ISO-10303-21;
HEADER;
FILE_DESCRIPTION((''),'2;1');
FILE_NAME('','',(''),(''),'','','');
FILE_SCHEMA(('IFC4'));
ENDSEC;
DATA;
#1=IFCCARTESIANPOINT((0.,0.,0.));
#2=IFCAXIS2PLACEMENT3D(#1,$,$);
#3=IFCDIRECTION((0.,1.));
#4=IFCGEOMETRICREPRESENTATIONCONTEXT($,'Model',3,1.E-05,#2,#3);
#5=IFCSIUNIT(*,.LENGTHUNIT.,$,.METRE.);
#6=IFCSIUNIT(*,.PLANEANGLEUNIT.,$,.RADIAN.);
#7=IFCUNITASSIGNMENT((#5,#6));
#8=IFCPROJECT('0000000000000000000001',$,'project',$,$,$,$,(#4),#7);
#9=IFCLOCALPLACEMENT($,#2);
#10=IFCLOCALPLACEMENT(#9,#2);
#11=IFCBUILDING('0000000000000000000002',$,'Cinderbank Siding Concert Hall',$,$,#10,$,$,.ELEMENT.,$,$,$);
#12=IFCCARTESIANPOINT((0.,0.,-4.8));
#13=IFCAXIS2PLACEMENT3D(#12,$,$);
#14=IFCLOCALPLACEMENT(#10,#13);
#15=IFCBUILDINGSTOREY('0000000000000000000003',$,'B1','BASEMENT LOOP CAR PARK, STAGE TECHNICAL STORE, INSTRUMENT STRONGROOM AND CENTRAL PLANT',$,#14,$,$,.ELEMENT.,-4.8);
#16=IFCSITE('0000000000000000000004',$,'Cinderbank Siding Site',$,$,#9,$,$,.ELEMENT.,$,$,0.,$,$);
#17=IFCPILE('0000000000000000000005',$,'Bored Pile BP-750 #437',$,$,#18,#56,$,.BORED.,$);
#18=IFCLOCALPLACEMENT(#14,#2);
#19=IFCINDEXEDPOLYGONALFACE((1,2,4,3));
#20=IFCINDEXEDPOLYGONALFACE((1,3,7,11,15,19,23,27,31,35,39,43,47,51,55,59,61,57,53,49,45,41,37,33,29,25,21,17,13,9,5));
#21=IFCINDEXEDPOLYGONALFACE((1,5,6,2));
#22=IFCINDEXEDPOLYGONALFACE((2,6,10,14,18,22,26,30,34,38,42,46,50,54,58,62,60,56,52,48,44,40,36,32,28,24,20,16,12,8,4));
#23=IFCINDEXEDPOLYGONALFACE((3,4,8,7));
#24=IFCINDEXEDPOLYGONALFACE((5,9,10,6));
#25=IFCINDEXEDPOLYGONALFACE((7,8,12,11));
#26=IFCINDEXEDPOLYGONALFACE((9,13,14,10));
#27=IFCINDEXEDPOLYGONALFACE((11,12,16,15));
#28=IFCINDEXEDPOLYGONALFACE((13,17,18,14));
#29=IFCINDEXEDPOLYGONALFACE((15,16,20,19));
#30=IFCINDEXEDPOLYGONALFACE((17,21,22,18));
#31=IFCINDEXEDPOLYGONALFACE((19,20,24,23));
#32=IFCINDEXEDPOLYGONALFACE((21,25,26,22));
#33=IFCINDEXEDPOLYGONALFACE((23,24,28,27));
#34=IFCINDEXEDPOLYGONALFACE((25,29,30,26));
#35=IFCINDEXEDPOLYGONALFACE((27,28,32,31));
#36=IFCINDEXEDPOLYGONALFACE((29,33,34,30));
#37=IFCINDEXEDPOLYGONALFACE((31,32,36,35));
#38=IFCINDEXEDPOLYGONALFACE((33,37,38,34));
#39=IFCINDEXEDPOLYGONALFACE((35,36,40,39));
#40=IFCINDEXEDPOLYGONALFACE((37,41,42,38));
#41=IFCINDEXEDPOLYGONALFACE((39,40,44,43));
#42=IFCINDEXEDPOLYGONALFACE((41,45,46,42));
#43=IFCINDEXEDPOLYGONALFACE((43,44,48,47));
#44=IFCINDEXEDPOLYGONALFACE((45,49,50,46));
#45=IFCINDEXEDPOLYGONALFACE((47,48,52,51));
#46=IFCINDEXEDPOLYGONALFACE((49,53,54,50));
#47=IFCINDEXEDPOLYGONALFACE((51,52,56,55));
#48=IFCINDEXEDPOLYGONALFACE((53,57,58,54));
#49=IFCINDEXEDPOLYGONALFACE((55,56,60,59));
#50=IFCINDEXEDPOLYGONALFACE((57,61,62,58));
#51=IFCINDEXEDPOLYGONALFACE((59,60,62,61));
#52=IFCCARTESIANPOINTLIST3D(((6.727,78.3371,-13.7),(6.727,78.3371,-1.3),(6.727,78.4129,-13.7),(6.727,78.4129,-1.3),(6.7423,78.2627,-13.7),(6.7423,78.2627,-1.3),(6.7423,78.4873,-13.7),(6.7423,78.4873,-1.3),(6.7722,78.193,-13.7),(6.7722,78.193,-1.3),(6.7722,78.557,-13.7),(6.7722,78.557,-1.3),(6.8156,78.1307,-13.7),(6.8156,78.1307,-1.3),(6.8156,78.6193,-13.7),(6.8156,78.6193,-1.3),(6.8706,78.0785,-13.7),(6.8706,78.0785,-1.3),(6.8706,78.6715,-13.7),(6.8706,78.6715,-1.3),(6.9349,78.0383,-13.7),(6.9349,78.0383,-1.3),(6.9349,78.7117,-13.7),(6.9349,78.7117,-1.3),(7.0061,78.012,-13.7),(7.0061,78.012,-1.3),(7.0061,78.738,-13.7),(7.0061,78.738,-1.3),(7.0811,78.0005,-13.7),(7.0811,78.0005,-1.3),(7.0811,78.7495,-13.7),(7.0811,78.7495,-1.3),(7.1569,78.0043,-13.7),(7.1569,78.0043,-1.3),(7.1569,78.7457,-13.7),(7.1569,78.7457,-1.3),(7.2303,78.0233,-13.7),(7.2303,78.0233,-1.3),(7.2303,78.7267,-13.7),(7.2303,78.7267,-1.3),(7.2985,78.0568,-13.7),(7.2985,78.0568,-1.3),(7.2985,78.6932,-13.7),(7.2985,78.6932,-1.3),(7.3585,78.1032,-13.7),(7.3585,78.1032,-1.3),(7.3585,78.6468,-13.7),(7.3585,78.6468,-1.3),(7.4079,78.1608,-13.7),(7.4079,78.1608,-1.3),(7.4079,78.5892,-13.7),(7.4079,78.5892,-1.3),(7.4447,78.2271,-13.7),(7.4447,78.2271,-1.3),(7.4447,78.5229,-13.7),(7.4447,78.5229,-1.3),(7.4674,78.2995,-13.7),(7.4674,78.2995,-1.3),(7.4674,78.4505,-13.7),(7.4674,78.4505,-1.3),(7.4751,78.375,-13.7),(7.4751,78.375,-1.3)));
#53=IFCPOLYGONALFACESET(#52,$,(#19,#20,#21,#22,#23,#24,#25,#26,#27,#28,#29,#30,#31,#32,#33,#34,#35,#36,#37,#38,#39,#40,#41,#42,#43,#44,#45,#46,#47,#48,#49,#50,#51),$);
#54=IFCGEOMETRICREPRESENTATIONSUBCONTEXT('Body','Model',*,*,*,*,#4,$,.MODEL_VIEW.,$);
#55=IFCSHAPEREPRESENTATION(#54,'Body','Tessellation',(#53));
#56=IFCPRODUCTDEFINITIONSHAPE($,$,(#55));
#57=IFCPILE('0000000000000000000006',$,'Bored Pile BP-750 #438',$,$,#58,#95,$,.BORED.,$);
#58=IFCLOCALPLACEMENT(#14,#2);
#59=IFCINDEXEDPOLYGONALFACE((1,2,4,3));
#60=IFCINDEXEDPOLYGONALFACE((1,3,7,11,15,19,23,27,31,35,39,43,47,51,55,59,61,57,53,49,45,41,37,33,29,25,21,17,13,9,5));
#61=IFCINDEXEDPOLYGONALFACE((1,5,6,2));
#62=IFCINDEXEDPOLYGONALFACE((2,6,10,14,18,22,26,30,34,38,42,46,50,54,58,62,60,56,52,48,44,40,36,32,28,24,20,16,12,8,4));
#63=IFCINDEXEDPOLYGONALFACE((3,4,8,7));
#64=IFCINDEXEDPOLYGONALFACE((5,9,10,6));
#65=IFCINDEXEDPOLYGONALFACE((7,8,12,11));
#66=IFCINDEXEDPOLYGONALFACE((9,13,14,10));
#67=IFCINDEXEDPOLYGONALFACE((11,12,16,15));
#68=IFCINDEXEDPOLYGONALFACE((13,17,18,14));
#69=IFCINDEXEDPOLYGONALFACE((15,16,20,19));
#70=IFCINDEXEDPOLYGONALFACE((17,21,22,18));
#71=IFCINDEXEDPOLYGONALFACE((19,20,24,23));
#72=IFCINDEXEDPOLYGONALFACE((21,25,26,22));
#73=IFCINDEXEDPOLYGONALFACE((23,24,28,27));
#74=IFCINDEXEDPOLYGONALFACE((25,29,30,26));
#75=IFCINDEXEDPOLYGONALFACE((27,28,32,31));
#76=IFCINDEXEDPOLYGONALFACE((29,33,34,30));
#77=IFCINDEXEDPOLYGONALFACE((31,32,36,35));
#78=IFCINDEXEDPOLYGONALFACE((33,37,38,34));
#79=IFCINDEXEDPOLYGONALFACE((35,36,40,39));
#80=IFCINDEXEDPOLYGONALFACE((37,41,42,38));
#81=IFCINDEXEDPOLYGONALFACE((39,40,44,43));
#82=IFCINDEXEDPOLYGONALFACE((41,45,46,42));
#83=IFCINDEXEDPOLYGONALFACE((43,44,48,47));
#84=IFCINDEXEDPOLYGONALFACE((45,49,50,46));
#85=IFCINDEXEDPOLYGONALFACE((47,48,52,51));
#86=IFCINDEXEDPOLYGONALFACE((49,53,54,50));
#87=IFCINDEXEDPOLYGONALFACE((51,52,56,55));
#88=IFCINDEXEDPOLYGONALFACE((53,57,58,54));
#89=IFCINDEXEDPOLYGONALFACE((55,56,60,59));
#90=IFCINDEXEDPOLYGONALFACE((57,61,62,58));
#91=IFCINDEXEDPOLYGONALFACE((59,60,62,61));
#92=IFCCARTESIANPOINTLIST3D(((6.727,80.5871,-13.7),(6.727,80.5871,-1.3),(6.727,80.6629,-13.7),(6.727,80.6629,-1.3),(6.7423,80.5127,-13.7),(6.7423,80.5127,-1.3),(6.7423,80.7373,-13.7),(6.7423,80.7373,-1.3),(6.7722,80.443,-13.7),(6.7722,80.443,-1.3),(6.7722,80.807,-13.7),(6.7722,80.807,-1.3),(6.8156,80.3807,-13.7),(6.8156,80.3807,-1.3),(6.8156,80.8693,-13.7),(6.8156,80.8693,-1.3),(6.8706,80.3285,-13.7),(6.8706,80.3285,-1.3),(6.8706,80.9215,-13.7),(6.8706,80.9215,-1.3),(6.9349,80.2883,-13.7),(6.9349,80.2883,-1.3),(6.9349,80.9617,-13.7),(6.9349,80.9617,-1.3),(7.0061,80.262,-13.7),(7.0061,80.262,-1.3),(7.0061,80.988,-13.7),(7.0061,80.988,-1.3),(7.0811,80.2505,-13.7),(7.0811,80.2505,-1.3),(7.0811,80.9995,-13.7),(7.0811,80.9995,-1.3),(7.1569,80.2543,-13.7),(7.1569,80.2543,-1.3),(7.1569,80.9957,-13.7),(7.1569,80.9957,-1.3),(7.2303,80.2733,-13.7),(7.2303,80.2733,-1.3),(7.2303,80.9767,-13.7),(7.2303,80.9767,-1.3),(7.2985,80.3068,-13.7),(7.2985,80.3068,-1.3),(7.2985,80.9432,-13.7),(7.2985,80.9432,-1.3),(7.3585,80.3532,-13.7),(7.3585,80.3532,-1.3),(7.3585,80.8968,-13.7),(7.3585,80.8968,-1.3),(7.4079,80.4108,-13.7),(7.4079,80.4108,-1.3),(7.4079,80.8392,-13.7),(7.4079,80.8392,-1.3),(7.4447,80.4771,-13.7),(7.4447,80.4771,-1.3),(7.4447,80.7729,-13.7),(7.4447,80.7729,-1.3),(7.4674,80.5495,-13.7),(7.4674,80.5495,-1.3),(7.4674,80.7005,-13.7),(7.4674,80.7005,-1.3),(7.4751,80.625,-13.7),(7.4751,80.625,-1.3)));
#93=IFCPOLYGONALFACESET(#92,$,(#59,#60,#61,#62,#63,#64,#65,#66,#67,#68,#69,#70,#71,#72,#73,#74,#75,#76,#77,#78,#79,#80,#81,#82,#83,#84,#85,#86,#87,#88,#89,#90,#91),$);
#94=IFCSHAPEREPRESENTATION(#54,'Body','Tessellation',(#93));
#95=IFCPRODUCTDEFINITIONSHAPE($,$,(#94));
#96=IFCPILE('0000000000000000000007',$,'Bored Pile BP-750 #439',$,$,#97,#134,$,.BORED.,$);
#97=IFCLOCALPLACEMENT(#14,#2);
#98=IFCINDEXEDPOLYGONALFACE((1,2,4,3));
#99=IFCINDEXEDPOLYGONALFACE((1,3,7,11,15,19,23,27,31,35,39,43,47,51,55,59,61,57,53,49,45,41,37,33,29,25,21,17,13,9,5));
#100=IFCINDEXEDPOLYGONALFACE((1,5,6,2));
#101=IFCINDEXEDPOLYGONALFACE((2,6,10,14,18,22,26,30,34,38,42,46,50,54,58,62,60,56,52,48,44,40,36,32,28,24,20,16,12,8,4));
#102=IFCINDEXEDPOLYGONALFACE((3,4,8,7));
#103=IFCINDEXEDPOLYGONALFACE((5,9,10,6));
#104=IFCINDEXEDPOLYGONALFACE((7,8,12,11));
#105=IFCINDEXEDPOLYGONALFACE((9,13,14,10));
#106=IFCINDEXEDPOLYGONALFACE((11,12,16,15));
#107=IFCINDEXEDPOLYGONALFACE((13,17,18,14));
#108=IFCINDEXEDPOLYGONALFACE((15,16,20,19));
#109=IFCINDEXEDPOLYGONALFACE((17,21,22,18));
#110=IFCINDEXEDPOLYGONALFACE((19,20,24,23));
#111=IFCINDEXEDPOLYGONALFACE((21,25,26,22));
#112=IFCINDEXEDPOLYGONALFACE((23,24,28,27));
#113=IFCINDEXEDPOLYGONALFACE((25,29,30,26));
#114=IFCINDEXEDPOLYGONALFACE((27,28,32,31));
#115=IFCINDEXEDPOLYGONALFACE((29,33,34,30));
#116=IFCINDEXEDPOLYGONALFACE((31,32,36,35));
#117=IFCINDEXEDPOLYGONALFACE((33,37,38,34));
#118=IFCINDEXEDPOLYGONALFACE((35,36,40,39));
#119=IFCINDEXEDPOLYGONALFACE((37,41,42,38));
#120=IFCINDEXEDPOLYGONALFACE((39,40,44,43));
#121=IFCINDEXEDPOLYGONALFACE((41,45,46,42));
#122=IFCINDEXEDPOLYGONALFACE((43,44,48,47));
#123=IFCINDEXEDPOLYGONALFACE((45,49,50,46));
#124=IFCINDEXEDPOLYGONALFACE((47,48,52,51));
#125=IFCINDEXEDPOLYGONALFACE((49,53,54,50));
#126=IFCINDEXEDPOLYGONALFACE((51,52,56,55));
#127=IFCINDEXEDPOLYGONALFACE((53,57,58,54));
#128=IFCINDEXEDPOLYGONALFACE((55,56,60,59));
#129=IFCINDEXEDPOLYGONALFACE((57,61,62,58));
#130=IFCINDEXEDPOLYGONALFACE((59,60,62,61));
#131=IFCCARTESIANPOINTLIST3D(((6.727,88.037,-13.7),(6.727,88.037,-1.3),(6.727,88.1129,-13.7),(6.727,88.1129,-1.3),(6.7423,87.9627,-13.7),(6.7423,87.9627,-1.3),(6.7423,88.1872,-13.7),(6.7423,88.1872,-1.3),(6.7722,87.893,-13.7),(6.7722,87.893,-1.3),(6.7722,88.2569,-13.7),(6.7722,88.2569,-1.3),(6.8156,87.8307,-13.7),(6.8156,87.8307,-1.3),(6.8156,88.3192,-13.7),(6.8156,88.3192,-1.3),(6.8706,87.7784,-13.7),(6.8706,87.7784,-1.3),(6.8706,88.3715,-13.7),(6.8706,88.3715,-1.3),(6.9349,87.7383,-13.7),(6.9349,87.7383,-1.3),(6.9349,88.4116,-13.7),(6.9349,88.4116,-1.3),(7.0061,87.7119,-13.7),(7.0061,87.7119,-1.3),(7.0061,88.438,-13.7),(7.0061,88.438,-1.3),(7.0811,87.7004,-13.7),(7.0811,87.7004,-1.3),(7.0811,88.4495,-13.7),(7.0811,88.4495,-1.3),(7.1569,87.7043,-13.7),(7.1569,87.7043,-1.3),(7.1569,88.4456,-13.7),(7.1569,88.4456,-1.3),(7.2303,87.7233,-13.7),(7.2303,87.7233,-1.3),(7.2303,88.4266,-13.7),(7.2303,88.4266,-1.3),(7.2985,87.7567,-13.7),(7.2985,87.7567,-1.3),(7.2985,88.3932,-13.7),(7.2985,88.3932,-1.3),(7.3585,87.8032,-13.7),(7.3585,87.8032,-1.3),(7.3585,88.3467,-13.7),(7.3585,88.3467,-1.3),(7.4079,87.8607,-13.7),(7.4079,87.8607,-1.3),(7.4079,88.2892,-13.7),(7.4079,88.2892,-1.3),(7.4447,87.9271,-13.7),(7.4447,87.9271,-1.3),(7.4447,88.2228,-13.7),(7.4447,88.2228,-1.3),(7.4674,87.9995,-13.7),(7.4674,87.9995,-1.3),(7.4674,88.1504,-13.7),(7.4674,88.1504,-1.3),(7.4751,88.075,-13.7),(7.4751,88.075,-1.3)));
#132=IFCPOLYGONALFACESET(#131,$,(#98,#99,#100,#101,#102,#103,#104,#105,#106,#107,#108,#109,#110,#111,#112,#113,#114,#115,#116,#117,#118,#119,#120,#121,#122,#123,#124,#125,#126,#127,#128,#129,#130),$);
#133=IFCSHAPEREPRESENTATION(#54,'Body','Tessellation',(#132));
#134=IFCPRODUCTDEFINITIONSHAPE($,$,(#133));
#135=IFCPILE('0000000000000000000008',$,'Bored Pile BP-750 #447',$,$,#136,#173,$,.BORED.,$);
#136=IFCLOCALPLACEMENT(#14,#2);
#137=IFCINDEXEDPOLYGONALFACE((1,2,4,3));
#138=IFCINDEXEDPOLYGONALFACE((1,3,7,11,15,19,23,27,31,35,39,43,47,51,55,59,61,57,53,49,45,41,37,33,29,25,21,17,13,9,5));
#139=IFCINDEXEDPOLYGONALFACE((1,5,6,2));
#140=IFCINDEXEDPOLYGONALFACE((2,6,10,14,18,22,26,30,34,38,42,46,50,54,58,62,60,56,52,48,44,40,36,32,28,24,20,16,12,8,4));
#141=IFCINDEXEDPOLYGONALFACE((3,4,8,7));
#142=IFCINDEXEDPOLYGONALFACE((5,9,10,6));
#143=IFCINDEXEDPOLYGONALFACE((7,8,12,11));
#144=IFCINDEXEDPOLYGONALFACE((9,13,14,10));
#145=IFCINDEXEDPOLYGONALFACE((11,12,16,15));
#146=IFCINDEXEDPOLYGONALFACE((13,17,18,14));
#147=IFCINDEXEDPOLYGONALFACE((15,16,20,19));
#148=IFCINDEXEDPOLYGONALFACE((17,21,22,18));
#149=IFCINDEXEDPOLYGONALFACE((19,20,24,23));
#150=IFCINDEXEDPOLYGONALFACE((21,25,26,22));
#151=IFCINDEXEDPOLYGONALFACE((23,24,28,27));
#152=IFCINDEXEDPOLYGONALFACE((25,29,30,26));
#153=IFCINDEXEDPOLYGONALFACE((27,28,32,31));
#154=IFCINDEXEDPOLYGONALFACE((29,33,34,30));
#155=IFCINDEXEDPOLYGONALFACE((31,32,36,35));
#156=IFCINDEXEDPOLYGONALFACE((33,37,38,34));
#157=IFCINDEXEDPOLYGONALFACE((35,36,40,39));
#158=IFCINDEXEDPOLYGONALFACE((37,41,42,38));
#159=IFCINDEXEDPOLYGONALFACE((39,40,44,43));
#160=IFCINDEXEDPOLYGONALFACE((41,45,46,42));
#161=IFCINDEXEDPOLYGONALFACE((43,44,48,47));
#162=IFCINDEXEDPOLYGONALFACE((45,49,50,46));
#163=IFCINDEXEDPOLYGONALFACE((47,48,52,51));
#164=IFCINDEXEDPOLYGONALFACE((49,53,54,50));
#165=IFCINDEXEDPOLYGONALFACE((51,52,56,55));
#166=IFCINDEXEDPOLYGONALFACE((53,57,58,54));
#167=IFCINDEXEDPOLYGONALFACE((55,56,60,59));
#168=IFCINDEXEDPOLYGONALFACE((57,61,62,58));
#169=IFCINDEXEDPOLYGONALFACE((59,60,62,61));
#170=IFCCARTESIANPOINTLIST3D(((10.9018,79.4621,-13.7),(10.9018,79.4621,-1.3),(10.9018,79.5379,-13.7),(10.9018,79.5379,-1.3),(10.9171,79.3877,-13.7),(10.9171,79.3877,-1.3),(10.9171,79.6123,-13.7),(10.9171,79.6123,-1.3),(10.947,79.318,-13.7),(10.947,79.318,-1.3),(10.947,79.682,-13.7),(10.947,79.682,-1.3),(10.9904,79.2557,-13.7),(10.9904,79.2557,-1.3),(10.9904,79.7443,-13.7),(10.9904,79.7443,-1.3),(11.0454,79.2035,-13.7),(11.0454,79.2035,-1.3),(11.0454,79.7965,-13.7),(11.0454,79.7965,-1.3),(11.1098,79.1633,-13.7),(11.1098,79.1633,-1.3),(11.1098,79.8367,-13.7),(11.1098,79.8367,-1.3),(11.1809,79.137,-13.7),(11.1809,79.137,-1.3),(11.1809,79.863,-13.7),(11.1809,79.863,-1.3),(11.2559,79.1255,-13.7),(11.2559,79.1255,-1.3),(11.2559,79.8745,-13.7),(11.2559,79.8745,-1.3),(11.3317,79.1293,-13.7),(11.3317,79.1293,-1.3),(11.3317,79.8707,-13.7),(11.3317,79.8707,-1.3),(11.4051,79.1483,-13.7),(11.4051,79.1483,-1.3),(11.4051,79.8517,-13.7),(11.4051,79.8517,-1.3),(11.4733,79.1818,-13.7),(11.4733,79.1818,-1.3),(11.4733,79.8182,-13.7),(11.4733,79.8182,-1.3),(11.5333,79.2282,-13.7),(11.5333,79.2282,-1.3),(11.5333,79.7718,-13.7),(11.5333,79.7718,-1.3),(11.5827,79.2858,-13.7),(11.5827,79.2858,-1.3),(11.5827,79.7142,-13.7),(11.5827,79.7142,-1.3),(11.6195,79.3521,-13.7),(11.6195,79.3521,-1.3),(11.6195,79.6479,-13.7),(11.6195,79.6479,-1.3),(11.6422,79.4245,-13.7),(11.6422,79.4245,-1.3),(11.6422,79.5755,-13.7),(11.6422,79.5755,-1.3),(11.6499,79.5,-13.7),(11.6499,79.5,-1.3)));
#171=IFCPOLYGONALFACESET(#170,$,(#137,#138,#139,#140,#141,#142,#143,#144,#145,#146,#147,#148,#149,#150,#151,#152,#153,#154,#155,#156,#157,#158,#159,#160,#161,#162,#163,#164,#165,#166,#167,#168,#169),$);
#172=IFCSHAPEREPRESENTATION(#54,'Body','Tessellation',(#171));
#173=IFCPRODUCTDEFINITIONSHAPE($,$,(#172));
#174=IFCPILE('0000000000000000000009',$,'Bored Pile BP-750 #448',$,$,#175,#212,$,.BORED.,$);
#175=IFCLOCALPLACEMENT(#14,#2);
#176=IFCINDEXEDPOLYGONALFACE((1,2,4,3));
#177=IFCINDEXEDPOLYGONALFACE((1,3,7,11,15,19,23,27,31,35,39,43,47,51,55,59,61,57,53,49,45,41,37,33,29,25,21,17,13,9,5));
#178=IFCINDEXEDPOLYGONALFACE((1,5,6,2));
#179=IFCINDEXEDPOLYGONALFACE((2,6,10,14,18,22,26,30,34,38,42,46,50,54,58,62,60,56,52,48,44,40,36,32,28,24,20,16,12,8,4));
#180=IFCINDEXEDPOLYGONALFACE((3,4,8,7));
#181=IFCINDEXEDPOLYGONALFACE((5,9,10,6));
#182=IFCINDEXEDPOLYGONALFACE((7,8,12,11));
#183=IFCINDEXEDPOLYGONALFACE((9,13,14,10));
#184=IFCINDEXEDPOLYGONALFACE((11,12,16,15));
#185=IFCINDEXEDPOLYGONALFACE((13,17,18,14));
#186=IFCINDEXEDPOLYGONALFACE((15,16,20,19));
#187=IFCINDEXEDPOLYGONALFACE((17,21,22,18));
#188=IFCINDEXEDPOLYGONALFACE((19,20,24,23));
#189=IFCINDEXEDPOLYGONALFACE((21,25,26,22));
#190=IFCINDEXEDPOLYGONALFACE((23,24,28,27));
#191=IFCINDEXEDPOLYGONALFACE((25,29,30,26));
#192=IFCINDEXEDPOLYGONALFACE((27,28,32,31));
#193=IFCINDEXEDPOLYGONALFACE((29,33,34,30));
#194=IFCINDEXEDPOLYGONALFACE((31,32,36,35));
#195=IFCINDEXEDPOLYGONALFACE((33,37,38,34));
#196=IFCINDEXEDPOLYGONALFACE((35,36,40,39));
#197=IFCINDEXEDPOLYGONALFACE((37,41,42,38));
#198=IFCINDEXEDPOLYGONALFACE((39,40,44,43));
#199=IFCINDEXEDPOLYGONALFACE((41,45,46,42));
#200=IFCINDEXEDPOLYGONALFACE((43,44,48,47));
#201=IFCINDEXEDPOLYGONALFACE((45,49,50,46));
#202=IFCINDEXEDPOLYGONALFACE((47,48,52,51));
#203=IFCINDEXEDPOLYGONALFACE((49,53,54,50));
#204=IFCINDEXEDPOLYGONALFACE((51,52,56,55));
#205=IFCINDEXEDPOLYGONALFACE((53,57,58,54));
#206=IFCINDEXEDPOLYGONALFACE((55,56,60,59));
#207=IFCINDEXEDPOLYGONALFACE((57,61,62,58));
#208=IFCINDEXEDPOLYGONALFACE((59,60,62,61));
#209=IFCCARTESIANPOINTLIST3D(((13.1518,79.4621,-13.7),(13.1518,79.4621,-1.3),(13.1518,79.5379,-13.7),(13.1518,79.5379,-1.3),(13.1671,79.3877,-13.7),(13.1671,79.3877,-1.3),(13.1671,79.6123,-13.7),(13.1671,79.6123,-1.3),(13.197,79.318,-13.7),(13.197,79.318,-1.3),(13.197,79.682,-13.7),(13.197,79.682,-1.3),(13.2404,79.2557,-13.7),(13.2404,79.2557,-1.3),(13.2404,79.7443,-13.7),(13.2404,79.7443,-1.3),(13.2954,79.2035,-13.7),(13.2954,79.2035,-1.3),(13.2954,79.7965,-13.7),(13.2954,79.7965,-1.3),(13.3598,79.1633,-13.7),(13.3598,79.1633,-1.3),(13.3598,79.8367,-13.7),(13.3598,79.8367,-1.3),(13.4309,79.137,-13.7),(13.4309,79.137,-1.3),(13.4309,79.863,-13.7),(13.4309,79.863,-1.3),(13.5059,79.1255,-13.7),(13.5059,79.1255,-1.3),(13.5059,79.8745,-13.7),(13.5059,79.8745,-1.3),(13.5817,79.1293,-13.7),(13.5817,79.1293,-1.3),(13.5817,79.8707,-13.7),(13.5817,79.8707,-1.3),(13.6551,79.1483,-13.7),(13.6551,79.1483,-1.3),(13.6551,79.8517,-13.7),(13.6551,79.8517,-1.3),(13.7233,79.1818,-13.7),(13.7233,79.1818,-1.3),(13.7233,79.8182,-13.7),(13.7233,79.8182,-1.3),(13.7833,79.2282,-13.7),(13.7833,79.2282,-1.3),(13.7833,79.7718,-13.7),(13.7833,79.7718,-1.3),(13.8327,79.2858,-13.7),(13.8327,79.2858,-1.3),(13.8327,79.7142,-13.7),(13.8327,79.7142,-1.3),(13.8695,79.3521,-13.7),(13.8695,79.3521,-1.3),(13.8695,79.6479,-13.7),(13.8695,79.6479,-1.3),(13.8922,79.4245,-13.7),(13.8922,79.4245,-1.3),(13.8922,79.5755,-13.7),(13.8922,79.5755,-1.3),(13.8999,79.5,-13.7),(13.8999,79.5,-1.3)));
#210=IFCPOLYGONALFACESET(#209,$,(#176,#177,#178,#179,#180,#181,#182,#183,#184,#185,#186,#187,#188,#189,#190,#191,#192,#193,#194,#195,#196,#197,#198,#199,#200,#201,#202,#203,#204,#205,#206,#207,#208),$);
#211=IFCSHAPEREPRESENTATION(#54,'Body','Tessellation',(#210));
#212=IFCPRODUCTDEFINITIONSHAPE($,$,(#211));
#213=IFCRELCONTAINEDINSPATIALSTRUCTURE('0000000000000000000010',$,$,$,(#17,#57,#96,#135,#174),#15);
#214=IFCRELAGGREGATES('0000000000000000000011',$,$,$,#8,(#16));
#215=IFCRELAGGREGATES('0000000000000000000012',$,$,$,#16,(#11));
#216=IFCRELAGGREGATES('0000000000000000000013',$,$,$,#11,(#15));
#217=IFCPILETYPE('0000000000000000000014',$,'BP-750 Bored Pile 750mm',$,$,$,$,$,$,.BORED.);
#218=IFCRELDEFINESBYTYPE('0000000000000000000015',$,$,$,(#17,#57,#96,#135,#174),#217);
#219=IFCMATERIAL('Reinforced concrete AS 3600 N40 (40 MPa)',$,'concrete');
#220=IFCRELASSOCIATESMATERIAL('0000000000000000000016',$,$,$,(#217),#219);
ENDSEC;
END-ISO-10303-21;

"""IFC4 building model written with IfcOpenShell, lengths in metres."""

from ifc_helpers import new_model, si_unit, direction, frame, origin, origin_2d, place, context, subcontext, project, spatial, circle, extrude, material, material_profile, profile_set, type_object, element, save


model = new_model("IFC4")

# Units and contexts
model_context = context("Model", 3, precision=1e-05, world=origin(), true_north=direction((0.0, 1.0)))
body_context = subcontext(model_context, "Body", "Model", "MODEL_VIEW")
ifc_project = project(units=[si_unit("LENGTHUNIT", "METRE"), si_unit("PLANEANGLEUNIT", "RADIAN")], contexts=[model_context])

# Site, building, storey
site_placement = place(None, origin())
site = spatial("IfcSite", under=ifc_project, at=site_placement, Name="Cinderbank Siding Site", CompositionType="ELEMENT", RefElevation=0.0)
building_placement = place(site_placement, origin())
building = spatial("IfcBuilding", under=site, at=building_placement, Name="Cinderbank Siding Concert Hall", CompositionType="ELEMENT")
storey_placement = place(building_placement, frame((0.0, 0.0, -4.8)))
storey = spatial("IfcBuildingStorey", under=building, at=storey_placement, Name="B1", Description="BASEMENT LOOP CAR PARK, STAGE TECHNICAL STORE, INSTRUMENT STRONGROOM AND CENTRAL PLANT", CompositionType="ELEMENT", Elevation=-4.8)

# Piles
ifc_material_1 = material(Name="Reinforced concrete AS 3600 N40 (40 MPa)", Category="concrete")
ifc_material_profile_1 = material_profile(ifc_material_1, circle(Radius=0.375, at=origin_2d()), Name="PILE-750DIA", Category="LoadBearing")
ifc_profile_set_1 = profile_set([ifc_material_profile_1], Name="Reinforced concrete AS 3600 N40 (40 MPa)")
pile_type = type_object("IfcPileType", Name="BP-750 Bored Pile 750mm", PredefinedType="BORED", material=ifc_profile_set_1)
for number, where, z_axis, x_axis, name in (
    (1, (7.1001, 78.375, -1.3), (0.0, 0.0, -1.0), (1.0, 0.0, 0.0), "Bored Pile BP-750 #437"),
    (2, (7.1001, 80.625, -1.3), (0.0, 0.0, -1.0), (1.0, 0.0, 0.0), "Bored Pile BP-750 #438"),
    (3, (7.1001, 88.075, -1.3), (0.0, 0.0, -1.0), (1.0, 0.0, 0.0), "Bored Pile BP-750 #439"),
    (4, (11.2749, 79.5, -1.3), (0.0, 0.0, -1.0), (1.0, 0.0, 0.0), "Bored Pile BP-750 #447"),
    (5, (13.5249, 79.5, -1.3), (0.0, 0.0, -1.0), (1.0, 0.0, 0.0), "Bored Pile BP-750 #448"),
):
    element("IfcPile", number, at=place(storey_placement, frame(where, z_axis=z_axis, x_axis=x_axis)), inside=storey, type_object=pile_type, Name=name, PredefinedType="BORED", context=body_context, shape_type="SweptSolid", body=[
        extrude(circle(Radius=0.375, at=origin_2d()), origin(), (0.0, 0.0, 1.0), 12.3999),
    ])

save(model, "model.ifc")
